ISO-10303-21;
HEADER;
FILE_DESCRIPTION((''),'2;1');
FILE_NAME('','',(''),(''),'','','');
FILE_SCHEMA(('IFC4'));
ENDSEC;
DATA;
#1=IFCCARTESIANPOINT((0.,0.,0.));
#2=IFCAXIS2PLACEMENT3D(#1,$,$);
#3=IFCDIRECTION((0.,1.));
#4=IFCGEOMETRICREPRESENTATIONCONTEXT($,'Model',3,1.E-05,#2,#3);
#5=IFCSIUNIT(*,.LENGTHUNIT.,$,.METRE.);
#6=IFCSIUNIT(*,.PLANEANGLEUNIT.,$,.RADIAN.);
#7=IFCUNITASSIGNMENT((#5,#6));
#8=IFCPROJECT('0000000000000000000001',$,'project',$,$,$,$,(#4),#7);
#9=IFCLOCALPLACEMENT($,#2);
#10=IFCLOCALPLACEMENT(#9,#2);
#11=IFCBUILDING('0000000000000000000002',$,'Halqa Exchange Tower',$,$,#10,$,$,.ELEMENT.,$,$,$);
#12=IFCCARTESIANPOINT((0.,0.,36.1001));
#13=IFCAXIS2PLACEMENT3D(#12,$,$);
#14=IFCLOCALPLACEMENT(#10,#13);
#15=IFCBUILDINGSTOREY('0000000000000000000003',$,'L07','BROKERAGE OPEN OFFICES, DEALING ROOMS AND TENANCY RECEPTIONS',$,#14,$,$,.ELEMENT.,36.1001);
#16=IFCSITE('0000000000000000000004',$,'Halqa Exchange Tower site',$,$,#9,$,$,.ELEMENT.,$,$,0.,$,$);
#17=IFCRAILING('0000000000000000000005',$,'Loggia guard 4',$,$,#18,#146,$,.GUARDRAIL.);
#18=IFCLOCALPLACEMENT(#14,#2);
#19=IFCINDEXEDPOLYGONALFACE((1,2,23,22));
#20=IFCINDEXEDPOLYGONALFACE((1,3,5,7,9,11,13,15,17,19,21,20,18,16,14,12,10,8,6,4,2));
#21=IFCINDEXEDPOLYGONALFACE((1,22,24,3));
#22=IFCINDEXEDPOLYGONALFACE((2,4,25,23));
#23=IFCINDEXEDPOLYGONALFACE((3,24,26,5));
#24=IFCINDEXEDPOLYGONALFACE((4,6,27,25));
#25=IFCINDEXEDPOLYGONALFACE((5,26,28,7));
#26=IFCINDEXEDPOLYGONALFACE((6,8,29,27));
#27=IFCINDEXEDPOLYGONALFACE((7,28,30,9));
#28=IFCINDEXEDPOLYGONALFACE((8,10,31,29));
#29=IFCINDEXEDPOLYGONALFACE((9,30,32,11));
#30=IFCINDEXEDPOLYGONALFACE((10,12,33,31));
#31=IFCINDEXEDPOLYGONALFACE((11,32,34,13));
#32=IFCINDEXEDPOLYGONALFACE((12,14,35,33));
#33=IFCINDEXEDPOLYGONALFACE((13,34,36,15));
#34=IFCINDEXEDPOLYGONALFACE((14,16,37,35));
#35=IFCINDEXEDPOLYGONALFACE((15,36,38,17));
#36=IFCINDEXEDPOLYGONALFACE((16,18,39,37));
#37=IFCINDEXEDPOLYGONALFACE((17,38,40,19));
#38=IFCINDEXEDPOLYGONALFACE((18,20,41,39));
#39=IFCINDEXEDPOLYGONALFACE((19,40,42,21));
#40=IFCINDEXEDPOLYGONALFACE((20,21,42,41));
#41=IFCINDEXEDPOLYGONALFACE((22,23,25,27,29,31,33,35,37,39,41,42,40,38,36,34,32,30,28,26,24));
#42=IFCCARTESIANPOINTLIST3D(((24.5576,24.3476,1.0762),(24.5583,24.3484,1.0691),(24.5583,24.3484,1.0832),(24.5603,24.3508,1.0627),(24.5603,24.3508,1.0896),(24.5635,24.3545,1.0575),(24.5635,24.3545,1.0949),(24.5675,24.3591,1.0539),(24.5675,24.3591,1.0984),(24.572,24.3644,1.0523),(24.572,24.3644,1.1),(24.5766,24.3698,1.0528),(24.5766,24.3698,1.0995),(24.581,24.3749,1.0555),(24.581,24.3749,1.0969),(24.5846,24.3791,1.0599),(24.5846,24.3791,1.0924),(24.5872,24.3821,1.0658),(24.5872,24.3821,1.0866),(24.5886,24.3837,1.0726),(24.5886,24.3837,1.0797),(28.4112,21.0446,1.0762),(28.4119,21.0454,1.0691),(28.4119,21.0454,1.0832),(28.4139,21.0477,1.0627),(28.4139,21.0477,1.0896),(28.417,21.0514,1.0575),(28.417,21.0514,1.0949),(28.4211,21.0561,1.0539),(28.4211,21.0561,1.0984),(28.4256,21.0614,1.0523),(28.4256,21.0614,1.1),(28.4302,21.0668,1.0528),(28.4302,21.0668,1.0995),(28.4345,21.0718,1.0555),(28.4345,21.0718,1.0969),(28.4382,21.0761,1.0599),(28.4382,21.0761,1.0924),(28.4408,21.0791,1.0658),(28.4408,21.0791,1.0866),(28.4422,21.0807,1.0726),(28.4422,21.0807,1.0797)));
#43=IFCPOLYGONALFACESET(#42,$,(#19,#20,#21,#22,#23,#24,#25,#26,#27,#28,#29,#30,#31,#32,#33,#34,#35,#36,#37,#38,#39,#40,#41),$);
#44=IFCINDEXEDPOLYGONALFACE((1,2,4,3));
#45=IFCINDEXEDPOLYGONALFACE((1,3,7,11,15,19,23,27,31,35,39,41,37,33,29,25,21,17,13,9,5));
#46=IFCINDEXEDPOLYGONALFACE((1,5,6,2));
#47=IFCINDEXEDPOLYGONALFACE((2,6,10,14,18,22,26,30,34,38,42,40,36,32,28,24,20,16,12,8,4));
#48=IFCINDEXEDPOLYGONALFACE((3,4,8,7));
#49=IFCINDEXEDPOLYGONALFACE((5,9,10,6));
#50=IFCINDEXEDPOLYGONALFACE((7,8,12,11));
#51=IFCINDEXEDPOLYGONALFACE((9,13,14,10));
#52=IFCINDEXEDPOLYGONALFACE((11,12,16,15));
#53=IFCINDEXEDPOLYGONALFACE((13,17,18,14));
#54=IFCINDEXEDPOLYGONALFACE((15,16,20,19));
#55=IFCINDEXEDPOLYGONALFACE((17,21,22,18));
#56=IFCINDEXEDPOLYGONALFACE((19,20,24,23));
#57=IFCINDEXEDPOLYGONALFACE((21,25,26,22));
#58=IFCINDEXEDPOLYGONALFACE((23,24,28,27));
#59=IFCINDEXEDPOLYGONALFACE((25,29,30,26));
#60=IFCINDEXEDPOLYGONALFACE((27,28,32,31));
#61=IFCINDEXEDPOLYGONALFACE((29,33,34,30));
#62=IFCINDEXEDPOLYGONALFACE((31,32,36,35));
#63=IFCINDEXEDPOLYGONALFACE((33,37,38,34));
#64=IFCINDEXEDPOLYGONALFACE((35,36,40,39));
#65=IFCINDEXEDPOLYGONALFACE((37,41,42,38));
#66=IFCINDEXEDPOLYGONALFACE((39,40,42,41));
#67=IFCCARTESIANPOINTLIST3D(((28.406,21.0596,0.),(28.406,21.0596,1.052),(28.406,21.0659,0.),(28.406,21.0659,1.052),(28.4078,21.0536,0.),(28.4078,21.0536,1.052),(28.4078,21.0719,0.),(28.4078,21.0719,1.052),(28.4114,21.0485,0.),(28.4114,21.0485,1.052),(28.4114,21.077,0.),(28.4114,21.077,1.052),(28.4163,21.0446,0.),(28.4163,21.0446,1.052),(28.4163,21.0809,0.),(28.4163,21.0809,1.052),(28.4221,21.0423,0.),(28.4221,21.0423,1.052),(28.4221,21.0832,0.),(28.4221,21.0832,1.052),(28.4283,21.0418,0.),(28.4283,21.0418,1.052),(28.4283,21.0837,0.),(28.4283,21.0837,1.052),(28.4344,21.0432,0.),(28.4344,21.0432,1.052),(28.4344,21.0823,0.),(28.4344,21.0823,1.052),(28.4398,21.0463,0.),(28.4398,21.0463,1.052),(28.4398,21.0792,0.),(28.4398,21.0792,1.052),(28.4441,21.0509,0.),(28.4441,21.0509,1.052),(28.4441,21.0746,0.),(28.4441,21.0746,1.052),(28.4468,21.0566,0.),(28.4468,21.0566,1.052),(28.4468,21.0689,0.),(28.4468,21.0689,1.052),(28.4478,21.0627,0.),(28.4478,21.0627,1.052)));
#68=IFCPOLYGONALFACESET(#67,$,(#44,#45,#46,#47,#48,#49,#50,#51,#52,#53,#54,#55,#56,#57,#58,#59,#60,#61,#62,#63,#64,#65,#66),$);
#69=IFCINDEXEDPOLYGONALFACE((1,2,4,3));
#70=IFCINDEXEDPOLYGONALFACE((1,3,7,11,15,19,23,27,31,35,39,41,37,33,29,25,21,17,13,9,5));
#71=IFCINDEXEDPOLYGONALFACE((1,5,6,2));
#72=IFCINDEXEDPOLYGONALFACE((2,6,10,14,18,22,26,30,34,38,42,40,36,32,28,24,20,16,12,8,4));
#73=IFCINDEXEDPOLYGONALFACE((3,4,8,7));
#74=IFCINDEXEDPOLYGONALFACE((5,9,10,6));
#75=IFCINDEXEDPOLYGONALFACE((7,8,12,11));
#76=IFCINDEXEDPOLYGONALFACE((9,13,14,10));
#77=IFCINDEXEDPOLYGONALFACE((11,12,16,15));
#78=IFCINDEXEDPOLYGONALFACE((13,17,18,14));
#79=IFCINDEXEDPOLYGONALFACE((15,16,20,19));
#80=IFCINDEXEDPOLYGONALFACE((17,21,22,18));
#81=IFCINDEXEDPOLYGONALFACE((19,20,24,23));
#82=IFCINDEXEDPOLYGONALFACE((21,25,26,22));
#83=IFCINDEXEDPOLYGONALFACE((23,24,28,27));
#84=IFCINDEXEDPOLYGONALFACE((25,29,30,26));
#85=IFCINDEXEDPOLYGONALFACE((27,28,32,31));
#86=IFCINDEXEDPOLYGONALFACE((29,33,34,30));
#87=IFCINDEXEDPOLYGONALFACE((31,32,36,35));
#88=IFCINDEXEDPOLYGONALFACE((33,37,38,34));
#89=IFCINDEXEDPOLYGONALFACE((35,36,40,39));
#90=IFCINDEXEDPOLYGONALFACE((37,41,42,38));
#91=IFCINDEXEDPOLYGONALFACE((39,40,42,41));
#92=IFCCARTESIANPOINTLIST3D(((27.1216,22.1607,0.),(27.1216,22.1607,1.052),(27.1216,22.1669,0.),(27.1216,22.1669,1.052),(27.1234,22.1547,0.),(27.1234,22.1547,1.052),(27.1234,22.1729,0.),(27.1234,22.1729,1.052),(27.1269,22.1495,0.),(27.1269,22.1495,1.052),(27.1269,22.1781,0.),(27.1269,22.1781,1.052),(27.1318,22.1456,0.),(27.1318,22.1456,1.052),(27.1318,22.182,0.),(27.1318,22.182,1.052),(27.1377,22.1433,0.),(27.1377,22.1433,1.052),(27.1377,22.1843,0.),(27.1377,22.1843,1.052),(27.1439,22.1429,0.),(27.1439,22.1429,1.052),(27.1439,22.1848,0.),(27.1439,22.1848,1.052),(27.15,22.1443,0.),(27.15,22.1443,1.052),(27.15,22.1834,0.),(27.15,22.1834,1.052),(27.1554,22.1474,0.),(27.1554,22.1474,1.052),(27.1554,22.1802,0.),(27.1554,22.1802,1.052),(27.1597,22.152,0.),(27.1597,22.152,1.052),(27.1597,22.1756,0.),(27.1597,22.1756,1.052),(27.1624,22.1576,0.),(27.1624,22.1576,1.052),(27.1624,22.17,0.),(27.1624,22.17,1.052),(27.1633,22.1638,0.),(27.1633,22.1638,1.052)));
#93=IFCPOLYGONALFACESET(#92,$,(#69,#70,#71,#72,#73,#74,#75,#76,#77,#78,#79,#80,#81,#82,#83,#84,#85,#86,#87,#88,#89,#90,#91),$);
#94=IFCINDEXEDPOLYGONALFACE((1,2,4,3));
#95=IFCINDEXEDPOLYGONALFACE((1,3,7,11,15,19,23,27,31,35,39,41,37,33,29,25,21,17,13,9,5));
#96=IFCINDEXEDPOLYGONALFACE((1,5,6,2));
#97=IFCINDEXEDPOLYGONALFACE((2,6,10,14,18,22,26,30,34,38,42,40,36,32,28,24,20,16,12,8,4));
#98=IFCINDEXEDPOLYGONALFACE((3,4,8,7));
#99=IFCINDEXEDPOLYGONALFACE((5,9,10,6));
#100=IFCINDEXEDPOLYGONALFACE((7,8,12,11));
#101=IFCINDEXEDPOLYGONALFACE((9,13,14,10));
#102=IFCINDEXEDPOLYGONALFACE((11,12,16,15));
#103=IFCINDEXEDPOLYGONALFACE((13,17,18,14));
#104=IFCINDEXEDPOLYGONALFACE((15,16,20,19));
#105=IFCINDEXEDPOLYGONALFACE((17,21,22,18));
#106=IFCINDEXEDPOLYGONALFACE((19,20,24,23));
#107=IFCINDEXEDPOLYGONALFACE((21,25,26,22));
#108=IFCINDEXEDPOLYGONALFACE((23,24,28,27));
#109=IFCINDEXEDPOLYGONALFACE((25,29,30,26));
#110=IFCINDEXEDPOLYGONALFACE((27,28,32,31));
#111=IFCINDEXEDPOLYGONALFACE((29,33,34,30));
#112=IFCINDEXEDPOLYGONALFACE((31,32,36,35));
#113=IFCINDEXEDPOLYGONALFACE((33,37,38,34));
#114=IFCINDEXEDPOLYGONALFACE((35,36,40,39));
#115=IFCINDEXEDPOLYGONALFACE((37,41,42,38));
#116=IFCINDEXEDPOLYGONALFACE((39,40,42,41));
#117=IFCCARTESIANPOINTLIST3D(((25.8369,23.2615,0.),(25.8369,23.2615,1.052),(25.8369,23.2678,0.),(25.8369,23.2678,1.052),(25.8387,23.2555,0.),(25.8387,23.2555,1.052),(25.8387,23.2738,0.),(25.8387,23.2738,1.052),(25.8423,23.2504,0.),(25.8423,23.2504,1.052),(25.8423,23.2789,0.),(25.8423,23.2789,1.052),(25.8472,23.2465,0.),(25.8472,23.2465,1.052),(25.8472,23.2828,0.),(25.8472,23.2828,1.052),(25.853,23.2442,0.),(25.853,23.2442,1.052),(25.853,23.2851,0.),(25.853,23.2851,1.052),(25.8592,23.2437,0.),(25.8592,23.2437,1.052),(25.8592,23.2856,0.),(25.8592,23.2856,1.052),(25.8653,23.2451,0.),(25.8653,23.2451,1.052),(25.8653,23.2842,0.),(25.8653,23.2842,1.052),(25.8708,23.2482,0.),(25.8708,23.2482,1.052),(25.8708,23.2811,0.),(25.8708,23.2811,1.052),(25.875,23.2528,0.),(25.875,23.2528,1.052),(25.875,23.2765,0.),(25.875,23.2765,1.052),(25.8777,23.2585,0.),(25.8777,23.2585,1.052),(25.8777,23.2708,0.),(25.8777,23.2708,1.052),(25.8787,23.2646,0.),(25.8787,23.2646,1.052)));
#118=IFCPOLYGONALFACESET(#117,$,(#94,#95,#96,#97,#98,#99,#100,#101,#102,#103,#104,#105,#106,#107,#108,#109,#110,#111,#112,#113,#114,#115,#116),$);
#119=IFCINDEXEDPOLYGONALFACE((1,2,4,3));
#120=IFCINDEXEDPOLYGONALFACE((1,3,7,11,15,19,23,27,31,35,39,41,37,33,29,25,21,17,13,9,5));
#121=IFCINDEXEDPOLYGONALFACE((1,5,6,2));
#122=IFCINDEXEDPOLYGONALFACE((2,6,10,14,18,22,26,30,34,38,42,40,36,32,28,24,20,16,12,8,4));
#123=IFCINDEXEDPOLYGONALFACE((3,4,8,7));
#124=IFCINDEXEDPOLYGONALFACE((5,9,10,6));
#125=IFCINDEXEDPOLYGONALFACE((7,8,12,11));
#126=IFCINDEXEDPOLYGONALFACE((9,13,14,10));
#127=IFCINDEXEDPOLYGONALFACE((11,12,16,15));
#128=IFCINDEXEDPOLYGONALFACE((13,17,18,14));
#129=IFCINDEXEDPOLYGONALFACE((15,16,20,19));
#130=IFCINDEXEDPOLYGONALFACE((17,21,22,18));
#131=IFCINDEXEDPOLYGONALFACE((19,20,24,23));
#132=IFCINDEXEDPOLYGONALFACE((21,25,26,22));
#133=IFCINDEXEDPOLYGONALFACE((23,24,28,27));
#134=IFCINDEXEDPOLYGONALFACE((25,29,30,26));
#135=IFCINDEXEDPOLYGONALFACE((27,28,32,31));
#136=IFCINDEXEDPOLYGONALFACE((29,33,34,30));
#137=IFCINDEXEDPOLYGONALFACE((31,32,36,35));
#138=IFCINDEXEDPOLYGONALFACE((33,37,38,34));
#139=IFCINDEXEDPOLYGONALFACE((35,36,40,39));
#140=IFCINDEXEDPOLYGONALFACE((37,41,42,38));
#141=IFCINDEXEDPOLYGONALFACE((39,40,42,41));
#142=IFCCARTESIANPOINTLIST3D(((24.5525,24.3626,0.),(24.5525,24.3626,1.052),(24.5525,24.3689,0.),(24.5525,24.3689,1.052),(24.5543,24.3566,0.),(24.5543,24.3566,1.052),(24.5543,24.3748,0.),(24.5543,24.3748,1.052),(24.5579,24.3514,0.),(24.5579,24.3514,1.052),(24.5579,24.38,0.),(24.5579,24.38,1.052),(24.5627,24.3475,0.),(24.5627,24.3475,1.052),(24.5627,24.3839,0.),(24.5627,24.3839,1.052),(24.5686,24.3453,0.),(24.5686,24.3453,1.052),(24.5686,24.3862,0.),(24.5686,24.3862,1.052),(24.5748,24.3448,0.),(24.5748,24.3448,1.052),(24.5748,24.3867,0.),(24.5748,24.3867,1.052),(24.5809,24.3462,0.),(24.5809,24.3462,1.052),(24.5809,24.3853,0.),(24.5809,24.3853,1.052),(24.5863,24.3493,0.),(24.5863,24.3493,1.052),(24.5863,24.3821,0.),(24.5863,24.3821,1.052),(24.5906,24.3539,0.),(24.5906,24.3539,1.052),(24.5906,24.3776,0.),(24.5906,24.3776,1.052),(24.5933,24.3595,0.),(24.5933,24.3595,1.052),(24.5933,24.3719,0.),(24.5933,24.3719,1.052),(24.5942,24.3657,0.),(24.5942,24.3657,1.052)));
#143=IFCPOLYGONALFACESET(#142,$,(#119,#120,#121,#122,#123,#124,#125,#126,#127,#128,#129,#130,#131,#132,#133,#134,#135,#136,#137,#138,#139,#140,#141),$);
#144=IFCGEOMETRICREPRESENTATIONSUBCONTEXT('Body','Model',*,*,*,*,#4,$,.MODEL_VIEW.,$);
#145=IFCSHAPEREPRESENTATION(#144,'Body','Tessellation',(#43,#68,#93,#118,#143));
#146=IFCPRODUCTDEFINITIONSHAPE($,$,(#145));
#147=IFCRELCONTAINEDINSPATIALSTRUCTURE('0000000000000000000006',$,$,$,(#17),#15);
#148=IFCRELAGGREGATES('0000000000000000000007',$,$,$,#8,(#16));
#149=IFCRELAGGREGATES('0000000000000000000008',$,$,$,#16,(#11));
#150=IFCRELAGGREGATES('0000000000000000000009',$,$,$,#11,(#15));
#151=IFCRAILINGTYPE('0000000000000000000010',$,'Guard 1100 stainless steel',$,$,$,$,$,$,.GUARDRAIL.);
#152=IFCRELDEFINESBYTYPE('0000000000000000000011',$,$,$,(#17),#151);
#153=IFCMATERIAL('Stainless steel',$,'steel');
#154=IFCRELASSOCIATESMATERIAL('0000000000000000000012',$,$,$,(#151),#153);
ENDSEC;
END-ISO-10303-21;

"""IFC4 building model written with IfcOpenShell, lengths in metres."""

from ifc_helpers import new_model, si_unit, direction, frame, origin, origin_2d, place, context, subcontext, project, spatial, circle, extrude, material, type_object, element, save


model = new_model("IFC4")

# Units and contexts
model_context = context("Model", 3, precision=1e-05, world=origin(), true_north=direction((0.0, 1.0)))
body_context = subcontext(model_context, "Body", "Model", "MODEL_VIEW")
ifc_project = project(units=[si_unit("LENGTHUNIT", "METRE"), si_unit("PLANEANGLEUNIT", "RADIAN")], contexts=[model_context])

# Site, building, storey
site_placement = place(None, origin())
site = spatial("IfcSite", under=ifc_project, at=site_placement, Name="Halqa Exchange Tower site", CompositionType="ELEMENT", RefElevation=0.0)
building_placement = place(site_placement, origin())
building = spatial("IfcBuilding", under=site, at=building_placement, Name="Halqa Exchange Tower", CompositionType="ELEMENT")
storey_placement = place(building_placement, frame((0.0, 0.0, 36.1001)))
storey = spatial("IfcBuildingStorey", under=building, at=storey_placement, Name="L07", Description="BROKERAGE OPEN OFFICES, DEALING ROOMS AND TENANCY RECEPTIONS", CompositionType="ELEMENT", Elevation=36.1001)

# Railing
ifc_material_1 = material(Name="Stainless steel", Category="steel")
railing_type = type_object("IfcRailingType", Name="Guard 1100 stainless steel", PredefinedType="GUARDRAIL", material=ifc_material_1)
railing_1_placement = place(storey_placement, frame((28.4268, 21.0627, 0.0)))
element("IfcRailing", 1, at=railing_1_placement, inside=storey, type_object=railing_type, Name="Loggia guard 4", PredefinedType="GUARDRAIL", context=body_context, shape_type="SweptSolid", body=[
    extrude(circle(Radius=0.0239, at=origin_2d()), frame((0.0, 0.0, 1.0762), z_axis=(-0.75926, 0.650787, 0.0), x_axis=(-0.650787, -0.75926, 0.0)), (0.0, 0.0, 1.0), 5.0754),
    extrude(circle(Radius=0.021, at=origin_2d()), origin(), (0.0, 0.0, 1.0), 1.052),
    extrude(circle(Radius=0.021, at=origin_2d()), frame((-1.2844, 1.1011, 0.0)), (0.0, 0.0, 1.0), 1.052),
    extrude(circle(Radius=0.021, at=origin_2d()), frame((-2.5691, 2.2019, 0.0)), (0.0, 0.0, 1.0), 1.052),
    extrude(circle(Radius=0.021, at=origin_2d()), frame((-3.8535, 3.303, 0.0)), (0.0, 0.0, 1.0), 1.052),
])

save(model, "model.ifc")
